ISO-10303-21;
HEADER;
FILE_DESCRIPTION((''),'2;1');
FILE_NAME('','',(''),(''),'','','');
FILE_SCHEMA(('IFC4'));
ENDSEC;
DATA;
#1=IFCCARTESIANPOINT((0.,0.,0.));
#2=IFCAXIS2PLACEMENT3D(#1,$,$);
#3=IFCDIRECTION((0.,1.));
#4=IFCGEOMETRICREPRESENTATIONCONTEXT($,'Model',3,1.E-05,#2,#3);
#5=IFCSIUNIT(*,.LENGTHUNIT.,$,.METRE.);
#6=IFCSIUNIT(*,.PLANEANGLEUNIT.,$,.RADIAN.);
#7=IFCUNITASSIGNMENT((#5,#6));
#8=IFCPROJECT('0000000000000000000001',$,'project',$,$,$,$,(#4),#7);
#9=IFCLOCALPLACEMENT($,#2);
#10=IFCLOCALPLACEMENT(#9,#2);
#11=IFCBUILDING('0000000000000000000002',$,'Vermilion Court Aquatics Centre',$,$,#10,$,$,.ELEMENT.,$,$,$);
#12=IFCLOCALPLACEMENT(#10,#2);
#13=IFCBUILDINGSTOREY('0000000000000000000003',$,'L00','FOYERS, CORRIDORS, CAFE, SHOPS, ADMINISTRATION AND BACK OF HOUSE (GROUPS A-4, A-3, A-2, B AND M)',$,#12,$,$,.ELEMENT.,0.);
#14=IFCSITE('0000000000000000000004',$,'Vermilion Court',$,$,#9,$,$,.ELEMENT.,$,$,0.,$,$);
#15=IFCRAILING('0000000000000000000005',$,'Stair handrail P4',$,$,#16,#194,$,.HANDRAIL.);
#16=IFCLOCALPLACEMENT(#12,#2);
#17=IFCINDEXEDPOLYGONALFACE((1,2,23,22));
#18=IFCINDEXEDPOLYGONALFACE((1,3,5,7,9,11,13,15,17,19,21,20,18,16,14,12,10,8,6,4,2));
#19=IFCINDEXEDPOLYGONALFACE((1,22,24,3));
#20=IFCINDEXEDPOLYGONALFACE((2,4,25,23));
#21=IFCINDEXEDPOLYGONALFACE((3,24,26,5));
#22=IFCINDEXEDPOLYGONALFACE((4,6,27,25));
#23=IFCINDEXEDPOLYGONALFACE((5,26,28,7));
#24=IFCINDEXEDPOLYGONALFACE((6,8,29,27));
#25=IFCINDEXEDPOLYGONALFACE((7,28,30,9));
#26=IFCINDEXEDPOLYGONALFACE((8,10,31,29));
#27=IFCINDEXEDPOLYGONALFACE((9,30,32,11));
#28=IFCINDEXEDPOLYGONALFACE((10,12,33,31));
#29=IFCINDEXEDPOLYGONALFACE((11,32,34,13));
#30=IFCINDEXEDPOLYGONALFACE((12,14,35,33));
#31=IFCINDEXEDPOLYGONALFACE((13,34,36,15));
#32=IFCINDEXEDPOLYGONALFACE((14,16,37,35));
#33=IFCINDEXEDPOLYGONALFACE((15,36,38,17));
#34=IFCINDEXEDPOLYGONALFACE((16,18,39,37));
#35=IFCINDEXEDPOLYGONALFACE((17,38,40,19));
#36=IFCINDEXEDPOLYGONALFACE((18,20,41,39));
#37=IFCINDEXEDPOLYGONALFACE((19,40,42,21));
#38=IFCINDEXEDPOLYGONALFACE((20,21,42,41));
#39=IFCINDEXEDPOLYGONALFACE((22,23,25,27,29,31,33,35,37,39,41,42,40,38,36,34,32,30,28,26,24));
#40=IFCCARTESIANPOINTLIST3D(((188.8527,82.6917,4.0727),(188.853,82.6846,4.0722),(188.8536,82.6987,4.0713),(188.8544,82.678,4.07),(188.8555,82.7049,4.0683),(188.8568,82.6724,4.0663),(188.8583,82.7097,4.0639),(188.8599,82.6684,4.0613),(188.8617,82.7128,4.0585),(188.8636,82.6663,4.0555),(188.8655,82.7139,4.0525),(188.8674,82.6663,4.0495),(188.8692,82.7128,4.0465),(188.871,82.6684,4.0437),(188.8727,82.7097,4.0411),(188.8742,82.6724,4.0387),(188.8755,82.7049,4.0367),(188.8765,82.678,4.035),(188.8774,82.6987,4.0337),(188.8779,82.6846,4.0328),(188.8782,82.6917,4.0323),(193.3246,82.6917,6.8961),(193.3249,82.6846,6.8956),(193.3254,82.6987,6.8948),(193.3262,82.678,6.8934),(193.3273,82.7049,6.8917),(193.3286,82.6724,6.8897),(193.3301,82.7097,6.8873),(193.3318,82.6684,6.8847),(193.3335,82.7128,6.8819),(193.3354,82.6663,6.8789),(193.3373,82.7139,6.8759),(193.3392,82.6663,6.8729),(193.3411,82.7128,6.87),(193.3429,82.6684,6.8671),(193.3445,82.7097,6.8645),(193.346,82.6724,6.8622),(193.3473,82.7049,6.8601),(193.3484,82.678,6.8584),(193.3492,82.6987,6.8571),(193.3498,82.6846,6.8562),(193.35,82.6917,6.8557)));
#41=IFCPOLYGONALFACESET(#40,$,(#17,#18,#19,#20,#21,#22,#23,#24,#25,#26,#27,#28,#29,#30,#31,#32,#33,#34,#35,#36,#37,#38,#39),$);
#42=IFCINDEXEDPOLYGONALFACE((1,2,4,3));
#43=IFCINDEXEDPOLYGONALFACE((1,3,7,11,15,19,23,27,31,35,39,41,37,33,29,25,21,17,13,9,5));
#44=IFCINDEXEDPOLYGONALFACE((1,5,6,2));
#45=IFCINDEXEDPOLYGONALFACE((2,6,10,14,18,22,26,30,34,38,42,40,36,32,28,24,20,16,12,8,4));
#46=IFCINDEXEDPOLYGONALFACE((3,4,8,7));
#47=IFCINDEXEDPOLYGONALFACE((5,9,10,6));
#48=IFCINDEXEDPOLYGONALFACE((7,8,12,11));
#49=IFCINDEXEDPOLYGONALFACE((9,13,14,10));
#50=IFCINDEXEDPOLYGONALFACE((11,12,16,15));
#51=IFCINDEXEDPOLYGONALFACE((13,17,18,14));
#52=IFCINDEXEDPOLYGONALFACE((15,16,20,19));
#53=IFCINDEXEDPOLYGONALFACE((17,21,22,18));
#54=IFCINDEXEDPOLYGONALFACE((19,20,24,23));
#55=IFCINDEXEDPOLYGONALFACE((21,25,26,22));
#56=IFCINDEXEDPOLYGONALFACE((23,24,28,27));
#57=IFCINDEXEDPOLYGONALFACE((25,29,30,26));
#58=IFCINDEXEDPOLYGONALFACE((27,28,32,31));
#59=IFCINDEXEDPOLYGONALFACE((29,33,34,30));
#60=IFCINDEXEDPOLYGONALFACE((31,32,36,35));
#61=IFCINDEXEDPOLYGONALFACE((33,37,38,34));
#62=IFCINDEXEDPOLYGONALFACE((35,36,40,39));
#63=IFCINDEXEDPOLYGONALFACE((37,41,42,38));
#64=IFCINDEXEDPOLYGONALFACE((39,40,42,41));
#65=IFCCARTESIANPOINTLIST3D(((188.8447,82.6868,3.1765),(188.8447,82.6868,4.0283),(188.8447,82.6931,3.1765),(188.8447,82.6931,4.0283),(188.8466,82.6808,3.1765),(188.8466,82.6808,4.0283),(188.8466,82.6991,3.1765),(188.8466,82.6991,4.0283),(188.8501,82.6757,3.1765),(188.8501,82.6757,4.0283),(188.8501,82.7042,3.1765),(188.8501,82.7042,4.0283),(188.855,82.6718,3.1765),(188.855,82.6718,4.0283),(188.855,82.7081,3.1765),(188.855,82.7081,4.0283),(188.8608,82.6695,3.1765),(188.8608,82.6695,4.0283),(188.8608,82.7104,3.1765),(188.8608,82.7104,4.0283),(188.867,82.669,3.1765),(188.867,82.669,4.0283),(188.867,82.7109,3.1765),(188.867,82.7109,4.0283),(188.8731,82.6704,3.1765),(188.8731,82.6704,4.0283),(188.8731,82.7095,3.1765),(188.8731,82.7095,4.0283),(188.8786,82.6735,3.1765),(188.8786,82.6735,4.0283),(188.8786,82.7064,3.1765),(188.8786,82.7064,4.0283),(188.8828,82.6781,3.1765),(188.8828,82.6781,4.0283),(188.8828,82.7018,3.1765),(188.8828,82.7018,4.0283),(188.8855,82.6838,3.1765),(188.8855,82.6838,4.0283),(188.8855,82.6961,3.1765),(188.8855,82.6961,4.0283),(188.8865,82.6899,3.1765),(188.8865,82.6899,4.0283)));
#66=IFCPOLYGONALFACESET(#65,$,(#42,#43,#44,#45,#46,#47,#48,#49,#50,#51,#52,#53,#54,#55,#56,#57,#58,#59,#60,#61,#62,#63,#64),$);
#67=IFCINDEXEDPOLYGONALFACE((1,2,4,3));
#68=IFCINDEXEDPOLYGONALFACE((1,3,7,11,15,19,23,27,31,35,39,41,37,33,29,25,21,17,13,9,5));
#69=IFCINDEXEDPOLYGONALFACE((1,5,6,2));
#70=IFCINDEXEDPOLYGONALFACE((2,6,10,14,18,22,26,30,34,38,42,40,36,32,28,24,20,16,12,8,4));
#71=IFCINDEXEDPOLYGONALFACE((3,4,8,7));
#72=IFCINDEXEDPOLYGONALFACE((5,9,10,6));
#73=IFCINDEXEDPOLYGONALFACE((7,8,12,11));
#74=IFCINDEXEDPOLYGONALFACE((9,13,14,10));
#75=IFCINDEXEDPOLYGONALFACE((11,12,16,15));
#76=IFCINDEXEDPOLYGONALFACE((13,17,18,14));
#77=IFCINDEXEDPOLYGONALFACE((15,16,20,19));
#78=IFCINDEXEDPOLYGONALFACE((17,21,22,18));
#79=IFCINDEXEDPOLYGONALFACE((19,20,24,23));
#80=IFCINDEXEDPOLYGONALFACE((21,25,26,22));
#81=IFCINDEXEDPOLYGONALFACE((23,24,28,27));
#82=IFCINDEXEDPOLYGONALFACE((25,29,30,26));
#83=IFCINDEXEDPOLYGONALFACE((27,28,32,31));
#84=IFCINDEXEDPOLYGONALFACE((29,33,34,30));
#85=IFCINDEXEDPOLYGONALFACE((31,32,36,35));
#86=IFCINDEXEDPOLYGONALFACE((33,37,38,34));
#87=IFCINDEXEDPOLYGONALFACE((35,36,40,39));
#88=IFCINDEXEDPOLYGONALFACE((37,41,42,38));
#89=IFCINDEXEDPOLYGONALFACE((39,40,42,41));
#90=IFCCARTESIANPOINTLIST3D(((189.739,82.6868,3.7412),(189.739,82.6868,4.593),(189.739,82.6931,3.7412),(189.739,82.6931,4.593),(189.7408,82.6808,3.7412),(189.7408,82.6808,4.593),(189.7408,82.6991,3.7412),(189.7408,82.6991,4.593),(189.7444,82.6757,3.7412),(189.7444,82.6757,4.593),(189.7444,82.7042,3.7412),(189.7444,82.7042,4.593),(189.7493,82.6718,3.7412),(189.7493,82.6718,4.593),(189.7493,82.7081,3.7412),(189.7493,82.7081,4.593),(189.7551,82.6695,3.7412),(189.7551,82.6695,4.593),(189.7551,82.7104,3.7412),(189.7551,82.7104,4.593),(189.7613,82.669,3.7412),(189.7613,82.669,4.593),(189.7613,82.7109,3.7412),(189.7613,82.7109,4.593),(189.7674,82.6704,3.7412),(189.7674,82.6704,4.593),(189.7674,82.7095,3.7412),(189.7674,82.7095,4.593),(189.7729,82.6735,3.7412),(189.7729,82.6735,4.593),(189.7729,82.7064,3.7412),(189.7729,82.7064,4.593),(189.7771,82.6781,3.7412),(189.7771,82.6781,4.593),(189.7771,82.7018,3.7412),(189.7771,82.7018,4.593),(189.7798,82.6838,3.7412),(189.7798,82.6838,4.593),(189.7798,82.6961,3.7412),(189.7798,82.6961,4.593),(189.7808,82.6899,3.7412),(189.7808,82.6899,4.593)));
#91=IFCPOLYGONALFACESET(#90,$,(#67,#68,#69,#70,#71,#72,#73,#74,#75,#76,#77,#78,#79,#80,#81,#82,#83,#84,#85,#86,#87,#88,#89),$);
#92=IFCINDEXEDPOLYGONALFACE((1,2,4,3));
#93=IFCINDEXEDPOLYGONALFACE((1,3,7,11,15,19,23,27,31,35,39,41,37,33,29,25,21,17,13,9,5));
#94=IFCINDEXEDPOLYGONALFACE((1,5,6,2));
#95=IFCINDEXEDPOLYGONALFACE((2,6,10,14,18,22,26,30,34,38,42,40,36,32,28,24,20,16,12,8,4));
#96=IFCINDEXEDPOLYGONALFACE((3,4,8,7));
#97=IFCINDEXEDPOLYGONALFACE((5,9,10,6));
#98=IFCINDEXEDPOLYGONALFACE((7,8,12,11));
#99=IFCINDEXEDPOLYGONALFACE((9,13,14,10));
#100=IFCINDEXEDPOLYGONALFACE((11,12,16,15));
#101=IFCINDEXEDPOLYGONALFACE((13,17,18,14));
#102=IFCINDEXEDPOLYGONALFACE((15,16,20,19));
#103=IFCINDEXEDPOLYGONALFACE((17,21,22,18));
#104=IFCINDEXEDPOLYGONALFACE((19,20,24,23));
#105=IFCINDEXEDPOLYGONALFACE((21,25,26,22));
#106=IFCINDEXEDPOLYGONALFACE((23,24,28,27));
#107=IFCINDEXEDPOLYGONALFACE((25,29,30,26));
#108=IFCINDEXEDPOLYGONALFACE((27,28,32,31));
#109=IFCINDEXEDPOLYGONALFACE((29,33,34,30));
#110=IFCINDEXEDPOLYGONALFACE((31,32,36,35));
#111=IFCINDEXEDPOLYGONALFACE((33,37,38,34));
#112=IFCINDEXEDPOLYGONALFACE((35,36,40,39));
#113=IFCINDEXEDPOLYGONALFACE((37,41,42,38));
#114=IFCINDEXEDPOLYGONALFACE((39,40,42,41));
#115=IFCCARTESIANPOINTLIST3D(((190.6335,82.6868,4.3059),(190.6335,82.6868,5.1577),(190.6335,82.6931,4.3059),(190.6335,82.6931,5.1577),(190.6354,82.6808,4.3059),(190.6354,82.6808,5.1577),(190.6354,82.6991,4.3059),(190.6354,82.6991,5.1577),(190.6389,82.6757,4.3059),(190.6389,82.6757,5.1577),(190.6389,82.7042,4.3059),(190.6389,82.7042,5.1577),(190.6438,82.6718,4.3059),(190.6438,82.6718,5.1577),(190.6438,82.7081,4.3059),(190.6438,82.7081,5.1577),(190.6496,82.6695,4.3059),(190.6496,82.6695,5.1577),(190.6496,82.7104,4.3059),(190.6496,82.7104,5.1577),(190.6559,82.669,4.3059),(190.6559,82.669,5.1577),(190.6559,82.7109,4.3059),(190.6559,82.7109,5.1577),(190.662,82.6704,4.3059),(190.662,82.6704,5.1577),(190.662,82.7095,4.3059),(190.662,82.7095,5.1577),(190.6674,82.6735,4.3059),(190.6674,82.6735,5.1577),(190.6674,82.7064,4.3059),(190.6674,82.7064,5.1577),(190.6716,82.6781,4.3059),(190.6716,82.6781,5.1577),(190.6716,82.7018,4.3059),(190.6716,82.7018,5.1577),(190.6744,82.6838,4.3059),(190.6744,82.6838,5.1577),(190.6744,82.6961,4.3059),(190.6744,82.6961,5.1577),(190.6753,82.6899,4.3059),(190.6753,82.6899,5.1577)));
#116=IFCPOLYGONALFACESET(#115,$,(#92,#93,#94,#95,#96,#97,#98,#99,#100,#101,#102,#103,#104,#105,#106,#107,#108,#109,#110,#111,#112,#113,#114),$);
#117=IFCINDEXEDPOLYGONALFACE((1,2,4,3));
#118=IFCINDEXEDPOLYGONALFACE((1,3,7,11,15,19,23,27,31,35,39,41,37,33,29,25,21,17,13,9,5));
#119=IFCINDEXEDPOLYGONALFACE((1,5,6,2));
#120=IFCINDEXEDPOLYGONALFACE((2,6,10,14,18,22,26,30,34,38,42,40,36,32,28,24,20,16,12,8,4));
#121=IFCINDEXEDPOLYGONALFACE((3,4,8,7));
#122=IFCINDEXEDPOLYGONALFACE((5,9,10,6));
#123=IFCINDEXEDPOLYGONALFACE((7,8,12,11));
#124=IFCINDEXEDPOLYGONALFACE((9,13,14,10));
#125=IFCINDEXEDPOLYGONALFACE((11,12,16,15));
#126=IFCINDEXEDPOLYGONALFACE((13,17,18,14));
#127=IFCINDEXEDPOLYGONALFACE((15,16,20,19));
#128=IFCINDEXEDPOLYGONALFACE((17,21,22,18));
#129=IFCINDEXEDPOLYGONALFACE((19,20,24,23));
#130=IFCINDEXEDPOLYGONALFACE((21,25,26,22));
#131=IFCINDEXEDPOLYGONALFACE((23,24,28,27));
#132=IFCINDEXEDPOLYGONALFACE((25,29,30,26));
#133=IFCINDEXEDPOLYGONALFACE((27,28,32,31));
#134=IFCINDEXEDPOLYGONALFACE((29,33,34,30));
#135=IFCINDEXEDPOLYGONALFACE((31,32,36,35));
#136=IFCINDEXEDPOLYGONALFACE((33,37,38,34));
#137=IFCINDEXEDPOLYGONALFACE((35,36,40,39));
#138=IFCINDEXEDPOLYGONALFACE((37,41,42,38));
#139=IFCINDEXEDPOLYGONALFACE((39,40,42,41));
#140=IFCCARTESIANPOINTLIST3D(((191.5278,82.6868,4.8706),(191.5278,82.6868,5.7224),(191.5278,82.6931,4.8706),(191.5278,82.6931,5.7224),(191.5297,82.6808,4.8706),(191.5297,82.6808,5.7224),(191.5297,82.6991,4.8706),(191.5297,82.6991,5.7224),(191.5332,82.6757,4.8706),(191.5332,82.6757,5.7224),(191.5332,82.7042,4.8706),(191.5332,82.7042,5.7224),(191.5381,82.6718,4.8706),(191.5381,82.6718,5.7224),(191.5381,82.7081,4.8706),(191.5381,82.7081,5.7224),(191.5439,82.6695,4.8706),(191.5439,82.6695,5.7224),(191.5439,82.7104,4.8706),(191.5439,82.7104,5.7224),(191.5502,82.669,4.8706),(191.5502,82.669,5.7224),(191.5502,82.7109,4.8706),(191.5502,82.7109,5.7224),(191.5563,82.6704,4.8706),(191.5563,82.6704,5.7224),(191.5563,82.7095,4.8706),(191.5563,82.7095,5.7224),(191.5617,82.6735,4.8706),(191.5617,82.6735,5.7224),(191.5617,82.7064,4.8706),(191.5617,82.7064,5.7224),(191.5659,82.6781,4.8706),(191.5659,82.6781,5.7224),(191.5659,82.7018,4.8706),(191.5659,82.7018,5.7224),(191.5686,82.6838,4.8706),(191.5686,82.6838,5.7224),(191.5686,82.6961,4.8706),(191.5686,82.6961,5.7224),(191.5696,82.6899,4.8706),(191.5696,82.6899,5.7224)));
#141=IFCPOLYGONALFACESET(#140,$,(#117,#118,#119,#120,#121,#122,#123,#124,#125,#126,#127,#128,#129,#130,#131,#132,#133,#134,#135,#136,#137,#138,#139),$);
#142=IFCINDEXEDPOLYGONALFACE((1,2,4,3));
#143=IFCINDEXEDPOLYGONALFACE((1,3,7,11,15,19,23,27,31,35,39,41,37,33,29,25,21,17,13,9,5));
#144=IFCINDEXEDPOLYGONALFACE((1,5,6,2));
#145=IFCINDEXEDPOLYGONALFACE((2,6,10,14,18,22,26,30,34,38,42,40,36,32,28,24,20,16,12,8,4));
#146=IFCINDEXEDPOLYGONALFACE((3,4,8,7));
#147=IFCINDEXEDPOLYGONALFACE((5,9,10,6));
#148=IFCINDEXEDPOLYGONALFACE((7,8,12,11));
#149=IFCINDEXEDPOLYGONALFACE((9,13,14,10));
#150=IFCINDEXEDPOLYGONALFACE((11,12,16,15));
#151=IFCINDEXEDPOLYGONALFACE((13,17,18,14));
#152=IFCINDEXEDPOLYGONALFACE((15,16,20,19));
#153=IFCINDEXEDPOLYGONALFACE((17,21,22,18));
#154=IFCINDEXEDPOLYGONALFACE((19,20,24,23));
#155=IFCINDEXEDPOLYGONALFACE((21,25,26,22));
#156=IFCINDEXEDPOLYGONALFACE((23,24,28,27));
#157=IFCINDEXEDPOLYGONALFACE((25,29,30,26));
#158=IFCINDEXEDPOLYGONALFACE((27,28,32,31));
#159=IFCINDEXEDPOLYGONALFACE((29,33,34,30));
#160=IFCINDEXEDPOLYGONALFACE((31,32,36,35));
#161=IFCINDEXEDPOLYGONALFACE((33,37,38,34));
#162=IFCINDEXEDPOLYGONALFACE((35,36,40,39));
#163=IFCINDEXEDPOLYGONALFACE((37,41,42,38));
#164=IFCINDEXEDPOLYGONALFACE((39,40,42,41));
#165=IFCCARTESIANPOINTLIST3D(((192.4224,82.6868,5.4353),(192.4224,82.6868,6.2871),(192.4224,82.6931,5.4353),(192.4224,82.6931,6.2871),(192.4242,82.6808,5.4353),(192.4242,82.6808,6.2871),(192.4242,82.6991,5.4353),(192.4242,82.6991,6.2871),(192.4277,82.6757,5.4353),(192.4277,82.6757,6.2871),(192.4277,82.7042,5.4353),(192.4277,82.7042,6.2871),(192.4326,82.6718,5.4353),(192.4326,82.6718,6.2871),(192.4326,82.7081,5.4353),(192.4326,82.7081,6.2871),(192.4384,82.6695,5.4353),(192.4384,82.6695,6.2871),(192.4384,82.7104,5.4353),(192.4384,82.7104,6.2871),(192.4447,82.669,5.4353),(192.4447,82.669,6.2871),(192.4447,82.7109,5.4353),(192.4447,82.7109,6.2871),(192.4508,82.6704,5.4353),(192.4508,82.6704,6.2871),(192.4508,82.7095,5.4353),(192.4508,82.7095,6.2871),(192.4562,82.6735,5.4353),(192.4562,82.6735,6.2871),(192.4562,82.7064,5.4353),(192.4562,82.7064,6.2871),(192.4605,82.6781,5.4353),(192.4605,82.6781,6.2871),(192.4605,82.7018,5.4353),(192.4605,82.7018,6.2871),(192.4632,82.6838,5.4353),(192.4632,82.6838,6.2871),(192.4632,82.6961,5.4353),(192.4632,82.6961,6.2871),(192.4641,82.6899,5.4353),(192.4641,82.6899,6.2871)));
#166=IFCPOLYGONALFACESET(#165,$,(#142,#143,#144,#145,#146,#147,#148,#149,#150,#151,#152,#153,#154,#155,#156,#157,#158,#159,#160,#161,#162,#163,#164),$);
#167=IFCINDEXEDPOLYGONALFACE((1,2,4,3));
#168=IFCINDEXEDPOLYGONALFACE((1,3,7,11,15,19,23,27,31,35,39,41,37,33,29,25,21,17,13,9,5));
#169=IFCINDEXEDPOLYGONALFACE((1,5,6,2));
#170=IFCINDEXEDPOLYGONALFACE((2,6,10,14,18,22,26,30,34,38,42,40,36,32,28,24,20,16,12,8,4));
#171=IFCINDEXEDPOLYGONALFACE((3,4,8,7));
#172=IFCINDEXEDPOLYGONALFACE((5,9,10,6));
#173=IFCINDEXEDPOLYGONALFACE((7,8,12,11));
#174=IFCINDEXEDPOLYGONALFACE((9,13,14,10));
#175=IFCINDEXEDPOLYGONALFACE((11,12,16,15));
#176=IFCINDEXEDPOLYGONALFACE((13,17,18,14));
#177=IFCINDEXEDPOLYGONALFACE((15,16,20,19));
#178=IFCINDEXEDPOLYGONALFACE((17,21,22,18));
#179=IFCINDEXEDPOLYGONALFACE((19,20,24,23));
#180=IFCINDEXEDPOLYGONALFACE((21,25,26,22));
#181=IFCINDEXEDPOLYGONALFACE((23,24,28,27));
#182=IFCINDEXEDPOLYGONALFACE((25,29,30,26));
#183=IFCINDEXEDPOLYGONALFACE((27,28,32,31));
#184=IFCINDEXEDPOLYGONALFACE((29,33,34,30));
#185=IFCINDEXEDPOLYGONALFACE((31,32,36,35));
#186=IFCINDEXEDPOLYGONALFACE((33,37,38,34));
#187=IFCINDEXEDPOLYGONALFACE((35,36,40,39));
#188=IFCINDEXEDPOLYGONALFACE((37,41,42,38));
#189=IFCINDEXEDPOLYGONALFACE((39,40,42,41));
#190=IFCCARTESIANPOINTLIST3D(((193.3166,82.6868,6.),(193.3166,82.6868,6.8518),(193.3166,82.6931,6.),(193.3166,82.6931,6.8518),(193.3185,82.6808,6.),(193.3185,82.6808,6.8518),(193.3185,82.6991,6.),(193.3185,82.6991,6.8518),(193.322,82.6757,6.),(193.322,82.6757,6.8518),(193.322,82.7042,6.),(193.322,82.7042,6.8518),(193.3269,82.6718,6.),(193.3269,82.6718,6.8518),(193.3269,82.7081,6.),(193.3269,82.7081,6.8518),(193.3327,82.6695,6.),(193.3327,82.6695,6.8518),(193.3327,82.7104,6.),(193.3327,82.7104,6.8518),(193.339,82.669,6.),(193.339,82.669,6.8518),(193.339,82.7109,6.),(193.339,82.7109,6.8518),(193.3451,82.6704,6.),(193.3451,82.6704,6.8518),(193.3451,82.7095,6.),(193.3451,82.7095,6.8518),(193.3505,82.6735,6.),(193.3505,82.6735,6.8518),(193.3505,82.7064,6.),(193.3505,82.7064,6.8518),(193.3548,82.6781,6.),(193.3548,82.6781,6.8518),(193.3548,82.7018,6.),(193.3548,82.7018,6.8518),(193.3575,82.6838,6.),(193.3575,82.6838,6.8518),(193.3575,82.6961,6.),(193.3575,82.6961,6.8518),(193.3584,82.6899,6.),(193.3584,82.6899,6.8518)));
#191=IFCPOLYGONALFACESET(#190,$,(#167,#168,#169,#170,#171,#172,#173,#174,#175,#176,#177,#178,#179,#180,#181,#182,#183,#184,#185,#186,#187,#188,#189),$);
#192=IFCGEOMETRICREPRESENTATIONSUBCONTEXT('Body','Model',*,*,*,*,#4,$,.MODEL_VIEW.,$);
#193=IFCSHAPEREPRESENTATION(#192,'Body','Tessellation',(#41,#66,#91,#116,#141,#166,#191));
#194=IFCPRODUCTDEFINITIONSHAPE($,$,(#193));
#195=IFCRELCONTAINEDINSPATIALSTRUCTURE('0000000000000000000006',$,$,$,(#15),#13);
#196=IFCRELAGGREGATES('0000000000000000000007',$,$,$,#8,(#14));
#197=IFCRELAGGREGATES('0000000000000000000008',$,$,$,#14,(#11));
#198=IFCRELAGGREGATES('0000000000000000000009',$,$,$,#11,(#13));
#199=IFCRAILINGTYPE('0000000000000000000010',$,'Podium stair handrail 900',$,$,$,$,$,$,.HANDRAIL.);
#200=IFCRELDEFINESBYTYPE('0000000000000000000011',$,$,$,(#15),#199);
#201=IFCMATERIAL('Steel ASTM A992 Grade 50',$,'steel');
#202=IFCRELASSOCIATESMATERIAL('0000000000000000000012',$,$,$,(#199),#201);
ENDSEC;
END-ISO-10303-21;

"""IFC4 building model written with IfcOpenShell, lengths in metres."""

from ifc_helpers import new_model, si_unit, direction, frame, origin, origin_2d, place, context, subcontext, project, spatial, circle, extrude, material, type_object, element, save


model = new_model("IFC4")

# Units and contexts
model_context = context("Model", 3, precision=1e-05, world=origin(), true_north=direction((0.0, 1.0)))
body_context = subcontext(model_context, "Body", "Model", "MODEL_VIEW")
ifc_project = project(units=[si_unit("LENGTHUNIT", "METRE"), si_unit("PLANEANGLEUNIT", "RADIAN")], contexts=[model_context])

# Site, building, storey
site_placement = place(None, origin())
site = spatial("IfcSite", under=ifc_project, at=site_placement, Name="Vermilion Court", CompositionType="ELEMENT", RefElevation=0.0)
building_placement = place(site_placement, origin())
building = spatial("IfcBuilding", under=site, at=building_placement, Name="Vermilion Court Aquatics Centre", CompositionType="ELEMENT")
storey_placement = place(building_placement, origin())
storey = spatial("IfcBuildingStorey", under=building, at=storey_placement, Name="L00", Description="FOYERS, CORRIDORS, CAFE, SHOPS, ADMINISTRATION AND BACK OF HOUSE (GROUPS A-4, A-3, A-2, B AND M)", CompositionType="ELEMENT", Elevation=0.0)

# Railing
ifc_material_1 = material(Name="Steel ASTM A992 Grade 50", Category="steel")
railing_type_1 = type_object("IfcRailingType", Name="Podium stair handrail 900", PredefinedType="HANDRAIL", material=ifc_material_1)
for number, where, name in (
    (1, (188.8655, 82.6899, 3.1765), "Stair handrail P4"),
):
    element("IfcRailing", number, at=place(storey_placement, frame(where)), inside=storey, type_object=railing_type_1, Name=name, PredefinedType="HANDRAIL", context=body_context, shape_type="SweptSolid", body=[
        extrude(circle(Radius=0.0239, at=origin_2d()), frame((0.0, 0.0, 0.876), z_axis=(0.845565, 0.0, 0.533873), x_axis=(0.0, 1.0, 0.0)), (0.0, 0.0, 1.0), 5.2886),
        extrude(circle(Radius=0.021, at=origin_2d()), origin(), (0.0, 0.0, 1.0), 0.8518),
        extrude(circle(Radius=0.021, at=origin_2d()), frame((0.8943, 0.0, 0.5647)), (0.0, 0.0, 1.0), 0.8518),
        extrude(circle(Radius=0.021, at=origin_2d()), frame((1.7888, 0.0, 1.1294)), (0.0, 0.0, 1.0), 0.8518),
        extrude(circle(Radius=0.021, at=origin_2d()), frame((2.6831, 0.0, 1.6941)), (0.0, 0.0, 1.0), 0.8518),
        extrude(circle(Radius=0.021, at=origin_2d()), frame((3.5776, 0.0, 2.2588)), (0.0, 0.0, 1.0), 0.8518),
        extrude(circle(Radius=0.021, at=origin_2d()), frame((4.4719, 0.0, 2.8235)), (0.0, 0.0, 1.0), 0.8518),
    ])

save(model, "model.ifc")
